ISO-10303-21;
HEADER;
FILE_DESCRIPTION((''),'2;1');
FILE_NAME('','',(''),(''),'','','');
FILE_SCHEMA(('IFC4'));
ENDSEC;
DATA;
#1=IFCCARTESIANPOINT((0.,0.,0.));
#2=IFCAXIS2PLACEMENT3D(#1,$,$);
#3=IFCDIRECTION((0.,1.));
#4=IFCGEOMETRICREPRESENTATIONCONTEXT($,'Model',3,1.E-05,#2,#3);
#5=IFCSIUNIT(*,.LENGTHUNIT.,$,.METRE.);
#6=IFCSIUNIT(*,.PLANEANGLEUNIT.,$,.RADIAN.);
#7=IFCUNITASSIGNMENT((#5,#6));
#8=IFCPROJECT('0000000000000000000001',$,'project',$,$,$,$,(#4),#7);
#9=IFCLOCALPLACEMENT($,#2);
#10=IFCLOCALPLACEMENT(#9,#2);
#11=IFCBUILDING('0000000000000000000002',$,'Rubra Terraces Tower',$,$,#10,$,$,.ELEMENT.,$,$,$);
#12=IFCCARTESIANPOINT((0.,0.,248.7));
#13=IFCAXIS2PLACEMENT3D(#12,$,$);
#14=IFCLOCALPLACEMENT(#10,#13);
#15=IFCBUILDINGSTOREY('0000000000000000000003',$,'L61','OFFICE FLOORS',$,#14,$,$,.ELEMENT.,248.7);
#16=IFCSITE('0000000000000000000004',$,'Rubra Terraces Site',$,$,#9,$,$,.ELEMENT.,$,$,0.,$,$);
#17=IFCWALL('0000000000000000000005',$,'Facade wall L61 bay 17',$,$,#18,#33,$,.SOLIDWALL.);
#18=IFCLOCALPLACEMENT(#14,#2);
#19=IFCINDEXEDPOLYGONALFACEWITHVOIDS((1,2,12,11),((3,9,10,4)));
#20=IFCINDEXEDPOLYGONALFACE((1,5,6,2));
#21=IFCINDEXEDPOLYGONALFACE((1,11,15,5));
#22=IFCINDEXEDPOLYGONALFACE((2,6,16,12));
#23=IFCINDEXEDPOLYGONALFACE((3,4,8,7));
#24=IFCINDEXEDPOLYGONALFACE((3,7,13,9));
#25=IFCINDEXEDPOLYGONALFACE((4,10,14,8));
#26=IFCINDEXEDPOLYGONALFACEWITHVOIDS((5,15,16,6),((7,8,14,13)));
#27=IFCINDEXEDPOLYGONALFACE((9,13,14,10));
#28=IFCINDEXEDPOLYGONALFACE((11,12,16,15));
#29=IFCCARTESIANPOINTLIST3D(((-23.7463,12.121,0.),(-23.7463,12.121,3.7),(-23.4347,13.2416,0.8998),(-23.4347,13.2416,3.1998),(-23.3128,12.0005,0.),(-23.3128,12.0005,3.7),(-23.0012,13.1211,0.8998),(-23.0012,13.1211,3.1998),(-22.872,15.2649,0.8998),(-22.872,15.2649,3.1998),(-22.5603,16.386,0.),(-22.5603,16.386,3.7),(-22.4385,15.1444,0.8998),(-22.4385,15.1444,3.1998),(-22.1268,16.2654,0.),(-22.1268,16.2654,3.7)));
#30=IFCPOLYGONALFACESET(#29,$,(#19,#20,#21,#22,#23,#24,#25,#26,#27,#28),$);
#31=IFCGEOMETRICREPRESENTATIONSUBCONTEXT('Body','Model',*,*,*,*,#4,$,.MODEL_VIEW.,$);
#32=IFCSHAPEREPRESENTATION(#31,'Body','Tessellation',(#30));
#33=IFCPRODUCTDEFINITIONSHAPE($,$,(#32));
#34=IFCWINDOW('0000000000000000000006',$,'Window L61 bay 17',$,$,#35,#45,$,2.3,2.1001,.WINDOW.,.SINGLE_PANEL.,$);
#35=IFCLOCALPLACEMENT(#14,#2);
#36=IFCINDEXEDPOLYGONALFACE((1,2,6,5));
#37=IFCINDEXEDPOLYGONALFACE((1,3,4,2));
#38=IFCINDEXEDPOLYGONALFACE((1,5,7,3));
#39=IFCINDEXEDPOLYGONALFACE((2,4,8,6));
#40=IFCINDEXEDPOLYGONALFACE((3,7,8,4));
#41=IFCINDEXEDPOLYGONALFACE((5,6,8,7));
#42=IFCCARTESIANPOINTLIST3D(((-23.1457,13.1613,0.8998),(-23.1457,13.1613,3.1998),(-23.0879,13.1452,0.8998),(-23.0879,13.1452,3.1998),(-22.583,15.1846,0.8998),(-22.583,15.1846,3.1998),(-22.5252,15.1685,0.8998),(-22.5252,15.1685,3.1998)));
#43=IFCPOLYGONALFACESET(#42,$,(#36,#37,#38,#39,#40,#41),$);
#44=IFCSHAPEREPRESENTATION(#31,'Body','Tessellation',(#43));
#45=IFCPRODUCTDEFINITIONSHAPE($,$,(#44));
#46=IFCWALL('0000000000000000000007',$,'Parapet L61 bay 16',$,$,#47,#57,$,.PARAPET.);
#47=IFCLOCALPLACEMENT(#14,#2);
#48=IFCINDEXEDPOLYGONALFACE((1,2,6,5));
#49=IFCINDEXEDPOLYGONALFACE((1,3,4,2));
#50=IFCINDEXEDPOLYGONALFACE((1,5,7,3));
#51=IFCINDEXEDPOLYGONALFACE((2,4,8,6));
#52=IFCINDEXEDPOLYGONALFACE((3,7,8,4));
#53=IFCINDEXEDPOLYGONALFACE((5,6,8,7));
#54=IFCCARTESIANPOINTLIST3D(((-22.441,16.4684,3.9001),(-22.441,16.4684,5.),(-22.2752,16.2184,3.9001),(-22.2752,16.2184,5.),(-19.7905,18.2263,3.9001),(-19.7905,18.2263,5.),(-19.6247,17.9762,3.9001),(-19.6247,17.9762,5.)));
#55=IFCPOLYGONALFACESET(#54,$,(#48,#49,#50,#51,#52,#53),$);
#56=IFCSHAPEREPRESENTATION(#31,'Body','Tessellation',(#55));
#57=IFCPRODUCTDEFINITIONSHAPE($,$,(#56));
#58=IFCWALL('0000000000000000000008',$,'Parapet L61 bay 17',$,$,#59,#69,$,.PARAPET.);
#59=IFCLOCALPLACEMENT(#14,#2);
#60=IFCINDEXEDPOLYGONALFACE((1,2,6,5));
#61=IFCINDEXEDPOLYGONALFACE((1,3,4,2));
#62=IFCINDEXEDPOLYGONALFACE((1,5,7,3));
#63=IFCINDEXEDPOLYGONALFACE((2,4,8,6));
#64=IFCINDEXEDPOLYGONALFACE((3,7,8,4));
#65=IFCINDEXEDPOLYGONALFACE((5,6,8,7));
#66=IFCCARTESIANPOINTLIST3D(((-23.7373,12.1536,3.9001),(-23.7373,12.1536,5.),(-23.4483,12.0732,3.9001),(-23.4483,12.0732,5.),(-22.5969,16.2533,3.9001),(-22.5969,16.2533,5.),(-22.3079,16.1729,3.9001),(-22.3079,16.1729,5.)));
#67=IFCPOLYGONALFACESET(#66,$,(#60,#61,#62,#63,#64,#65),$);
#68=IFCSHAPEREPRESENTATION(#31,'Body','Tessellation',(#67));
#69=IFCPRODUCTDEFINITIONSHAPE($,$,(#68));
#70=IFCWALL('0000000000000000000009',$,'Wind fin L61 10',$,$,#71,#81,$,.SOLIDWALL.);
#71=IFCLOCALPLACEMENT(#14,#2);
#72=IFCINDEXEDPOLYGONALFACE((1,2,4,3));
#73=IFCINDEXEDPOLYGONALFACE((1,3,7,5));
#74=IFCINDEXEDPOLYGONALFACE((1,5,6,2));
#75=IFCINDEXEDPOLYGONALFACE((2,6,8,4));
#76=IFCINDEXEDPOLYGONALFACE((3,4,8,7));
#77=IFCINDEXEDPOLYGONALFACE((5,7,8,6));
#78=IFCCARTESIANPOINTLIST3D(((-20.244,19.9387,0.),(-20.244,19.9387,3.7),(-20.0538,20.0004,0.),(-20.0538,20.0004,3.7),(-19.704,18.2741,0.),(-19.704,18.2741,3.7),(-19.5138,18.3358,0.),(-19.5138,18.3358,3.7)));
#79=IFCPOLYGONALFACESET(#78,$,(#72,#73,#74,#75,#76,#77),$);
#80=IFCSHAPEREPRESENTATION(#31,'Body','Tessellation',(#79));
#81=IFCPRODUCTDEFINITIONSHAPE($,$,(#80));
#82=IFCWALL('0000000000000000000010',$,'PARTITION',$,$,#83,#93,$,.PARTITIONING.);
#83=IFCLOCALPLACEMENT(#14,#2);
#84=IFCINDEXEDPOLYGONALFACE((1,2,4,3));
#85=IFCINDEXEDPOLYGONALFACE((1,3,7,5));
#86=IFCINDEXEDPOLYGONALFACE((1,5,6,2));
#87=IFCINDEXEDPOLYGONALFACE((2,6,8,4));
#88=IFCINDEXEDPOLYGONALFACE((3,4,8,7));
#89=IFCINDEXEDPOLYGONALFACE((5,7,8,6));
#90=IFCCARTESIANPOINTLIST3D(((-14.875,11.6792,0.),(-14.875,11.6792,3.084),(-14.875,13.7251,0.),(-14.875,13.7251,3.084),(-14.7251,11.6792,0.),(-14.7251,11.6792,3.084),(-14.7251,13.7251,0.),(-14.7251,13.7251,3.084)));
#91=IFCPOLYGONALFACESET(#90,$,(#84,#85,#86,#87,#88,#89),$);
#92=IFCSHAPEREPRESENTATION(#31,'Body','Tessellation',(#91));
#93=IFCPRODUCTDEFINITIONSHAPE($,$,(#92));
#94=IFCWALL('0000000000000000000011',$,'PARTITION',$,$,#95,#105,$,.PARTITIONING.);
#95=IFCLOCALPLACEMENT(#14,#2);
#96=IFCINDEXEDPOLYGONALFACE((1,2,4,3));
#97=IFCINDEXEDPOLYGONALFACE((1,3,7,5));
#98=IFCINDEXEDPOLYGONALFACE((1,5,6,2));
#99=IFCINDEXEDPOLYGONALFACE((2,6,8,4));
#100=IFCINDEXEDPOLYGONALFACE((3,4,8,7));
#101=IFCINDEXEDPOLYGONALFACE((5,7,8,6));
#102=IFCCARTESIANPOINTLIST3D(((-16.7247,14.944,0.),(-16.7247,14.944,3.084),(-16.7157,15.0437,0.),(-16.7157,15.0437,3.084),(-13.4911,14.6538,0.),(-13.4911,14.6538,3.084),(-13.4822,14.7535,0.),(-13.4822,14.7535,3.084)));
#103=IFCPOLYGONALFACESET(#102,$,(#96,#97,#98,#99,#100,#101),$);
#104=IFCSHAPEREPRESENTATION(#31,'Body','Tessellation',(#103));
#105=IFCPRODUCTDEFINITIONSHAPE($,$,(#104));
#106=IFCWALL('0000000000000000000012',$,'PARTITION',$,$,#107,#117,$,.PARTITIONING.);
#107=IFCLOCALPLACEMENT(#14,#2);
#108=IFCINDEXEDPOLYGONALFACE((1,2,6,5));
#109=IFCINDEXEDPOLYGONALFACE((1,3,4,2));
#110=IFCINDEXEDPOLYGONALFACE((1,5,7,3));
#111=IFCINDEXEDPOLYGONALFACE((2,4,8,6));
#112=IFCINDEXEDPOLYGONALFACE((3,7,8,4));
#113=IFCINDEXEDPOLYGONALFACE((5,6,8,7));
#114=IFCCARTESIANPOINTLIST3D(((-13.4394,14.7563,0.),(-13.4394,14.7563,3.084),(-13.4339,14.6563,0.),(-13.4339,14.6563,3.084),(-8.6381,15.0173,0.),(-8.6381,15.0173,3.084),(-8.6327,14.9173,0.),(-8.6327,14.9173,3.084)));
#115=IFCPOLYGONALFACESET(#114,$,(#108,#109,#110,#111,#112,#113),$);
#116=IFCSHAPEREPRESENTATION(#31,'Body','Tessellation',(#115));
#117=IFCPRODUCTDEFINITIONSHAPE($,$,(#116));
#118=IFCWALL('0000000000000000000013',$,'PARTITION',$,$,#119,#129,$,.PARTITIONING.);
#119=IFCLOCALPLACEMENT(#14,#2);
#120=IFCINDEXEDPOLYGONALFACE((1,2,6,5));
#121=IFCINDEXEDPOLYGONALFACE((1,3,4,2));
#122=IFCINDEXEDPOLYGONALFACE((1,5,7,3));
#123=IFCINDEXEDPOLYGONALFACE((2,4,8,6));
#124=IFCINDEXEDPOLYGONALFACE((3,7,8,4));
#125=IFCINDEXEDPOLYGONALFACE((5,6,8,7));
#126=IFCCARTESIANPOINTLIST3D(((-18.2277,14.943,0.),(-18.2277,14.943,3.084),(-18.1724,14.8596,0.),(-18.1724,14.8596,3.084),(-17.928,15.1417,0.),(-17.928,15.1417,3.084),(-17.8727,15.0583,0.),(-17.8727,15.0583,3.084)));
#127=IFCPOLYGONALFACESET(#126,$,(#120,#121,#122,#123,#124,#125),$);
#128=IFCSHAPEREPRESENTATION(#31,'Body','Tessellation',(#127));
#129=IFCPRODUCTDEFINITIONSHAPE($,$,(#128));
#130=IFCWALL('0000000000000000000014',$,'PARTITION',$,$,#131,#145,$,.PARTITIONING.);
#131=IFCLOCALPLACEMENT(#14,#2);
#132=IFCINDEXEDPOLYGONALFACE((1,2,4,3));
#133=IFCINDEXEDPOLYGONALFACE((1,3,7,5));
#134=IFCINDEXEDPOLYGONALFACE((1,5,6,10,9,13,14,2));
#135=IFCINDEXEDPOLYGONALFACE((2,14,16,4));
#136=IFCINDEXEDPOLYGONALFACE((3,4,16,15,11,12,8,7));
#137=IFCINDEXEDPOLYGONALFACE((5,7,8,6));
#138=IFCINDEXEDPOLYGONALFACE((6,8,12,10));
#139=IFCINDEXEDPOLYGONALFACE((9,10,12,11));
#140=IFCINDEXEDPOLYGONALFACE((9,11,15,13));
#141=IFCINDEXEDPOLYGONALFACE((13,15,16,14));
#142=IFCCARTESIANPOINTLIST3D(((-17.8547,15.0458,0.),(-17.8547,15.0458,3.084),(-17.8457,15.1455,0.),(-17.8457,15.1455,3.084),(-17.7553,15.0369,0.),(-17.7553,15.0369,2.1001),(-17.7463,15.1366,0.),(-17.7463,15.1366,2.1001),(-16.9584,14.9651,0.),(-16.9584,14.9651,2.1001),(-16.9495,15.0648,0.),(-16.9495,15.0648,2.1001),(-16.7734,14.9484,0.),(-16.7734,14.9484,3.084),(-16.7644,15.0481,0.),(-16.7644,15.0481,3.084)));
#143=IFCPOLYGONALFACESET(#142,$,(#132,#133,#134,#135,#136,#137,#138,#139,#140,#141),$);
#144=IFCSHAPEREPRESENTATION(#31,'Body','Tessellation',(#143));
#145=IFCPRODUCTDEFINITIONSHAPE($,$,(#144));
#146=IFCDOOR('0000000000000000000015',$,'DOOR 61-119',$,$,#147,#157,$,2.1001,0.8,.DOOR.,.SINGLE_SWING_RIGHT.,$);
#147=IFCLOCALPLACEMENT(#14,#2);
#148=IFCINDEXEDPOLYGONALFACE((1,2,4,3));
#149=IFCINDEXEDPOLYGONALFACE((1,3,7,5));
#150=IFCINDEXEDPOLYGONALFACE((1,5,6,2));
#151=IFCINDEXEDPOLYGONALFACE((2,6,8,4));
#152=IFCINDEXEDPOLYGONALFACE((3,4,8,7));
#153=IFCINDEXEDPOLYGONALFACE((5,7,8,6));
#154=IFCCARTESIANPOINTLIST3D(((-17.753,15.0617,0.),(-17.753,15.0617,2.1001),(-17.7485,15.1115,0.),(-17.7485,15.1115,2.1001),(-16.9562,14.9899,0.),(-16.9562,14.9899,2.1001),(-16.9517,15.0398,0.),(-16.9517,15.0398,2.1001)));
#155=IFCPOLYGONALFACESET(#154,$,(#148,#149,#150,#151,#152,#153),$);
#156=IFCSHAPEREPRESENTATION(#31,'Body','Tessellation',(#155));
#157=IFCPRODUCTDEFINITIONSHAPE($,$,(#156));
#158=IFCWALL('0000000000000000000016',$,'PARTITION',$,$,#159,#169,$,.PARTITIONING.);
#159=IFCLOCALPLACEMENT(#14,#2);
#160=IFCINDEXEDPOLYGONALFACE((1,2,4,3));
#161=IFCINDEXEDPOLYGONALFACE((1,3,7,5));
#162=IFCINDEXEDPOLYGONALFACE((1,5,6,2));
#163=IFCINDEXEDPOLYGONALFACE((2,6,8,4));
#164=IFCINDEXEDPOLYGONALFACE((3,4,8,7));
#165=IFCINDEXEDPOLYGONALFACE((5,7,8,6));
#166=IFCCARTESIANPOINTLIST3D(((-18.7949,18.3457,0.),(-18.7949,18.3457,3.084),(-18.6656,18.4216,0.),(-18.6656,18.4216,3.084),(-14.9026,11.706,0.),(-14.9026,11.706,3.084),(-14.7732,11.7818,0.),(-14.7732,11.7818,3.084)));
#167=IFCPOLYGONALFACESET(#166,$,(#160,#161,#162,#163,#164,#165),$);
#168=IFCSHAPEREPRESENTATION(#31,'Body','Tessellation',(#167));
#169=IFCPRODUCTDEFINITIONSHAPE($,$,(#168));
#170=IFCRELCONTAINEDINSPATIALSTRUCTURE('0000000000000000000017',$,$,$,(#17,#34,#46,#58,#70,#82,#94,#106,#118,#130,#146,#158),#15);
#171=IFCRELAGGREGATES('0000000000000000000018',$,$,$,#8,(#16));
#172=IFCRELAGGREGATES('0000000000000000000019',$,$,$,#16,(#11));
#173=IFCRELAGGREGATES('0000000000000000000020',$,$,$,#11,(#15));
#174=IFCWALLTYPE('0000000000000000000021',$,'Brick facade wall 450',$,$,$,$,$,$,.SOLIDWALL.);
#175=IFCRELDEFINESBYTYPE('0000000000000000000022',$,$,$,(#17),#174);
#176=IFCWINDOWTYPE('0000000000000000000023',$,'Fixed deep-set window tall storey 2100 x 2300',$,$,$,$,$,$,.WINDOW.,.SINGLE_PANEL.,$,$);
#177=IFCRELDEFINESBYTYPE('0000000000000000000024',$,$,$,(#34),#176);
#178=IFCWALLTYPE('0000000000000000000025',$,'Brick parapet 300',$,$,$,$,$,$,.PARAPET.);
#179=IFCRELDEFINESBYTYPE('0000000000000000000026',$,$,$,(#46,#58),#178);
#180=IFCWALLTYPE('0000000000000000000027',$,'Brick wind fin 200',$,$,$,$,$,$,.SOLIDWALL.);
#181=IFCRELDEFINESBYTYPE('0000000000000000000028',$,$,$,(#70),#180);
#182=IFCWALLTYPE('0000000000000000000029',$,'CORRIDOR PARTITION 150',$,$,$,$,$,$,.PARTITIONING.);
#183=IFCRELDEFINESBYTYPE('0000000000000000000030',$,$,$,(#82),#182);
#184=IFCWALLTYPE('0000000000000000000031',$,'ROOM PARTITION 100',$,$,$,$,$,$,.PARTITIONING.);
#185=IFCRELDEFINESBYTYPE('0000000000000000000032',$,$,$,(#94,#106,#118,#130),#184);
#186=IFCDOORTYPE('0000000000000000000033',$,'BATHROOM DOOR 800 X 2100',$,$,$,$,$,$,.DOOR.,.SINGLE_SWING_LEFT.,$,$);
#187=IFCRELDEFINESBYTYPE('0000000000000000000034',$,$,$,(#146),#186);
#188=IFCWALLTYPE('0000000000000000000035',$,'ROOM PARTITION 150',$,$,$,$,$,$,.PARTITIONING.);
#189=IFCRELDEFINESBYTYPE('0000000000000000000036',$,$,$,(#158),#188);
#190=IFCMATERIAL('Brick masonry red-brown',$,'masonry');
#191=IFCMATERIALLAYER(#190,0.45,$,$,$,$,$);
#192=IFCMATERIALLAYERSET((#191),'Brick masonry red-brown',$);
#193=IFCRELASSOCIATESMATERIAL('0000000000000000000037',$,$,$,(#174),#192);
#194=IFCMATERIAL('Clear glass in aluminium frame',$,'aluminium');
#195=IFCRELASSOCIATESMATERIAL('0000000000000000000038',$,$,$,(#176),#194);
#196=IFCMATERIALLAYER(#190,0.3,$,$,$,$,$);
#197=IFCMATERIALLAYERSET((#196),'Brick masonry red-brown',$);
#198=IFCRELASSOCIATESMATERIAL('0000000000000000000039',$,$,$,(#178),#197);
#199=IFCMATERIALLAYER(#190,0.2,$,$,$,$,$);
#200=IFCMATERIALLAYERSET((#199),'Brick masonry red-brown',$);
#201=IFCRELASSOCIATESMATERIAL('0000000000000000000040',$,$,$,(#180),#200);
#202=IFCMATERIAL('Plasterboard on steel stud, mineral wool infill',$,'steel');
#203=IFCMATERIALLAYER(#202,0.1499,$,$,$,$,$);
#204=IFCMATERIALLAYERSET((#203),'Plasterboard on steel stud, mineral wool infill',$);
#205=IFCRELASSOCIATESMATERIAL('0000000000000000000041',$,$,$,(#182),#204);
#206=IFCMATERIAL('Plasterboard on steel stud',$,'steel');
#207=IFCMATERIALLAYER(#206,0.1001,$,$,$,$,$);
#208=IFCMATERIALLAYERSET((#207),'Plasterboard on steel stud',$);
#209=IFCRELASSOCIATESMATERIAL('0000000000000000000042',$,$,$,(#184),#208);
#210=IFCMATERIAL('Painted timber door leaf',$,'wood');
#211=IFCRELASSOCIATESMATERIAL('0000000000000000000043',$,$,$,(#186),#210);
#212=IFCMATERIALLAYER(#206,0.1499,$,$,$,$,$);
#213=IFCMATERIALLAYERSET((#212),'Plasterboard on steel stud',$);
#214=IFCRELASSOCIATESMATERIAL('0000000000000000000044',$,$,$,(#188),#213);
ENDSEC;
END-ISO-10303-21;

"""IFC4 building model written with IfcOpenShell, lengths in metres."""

from ifc_helpers import new_model, si_unit, direction, frame, frame_2d, origin, place, context, subcontext, project, spatial, rectangle, extrude, material, layer, layer_set, type_object, element, fill, save


model = new_model("IFC4")

# Units and contexts
model_context = context("Model", 3, precision=1e-05, world=origin(), true_north=direction((0.0, 1.0)))
body_context = subcontext(model_context, "Body", "Model", "MODEL_VIEW")
ifc_project = project(units=[si_unit("LENGTHUNIT", "METRE"), si_unit("PLANEANGLEUNIT", "RADIAN")], contexts=[model_context])

# Site, building, storey
site_placement = place(None, origin())
site = spatial("IfcSite", under=ifc_project, at=site_placement, Name="Rubra Terraces Site", CompositionType="ELEMENT", RefElevation=0.0)
building_placement = place(site_placement, origin())
building = spatial("IfcBuilding", under=site, at=building_placement, Name="Rubra Terraces Tower", CompositionType="ELEMENT")
storey_placement = place(building_placement, frame((0.0, 0.0, 248.7)))
storey = spatial("IfcBuildingStorey", under=building, at=storey_placement, Name="L61", Description="OFFICE FLOORS", CompositionType="ELEMENT", Elevation=248.7)

# Wall, opening, window
ifc_material_1 = material(Name="Brick masonry red-brown", Category="masonry")
ifc_layer_1 = layer(ifc_material_1, 0.45)
ifc_layer_set_1 = layer_set([ifc_layer_1], Name="Brick masonry red-brown")
wall_type_1 = type_object("IfcWallType", Name="Brick facade wall 450", PredefinedType="SOLIDWALL", material=ifc_layer_set_1)
ifc_material_2 = material(Name="Clear glass in aluminium frame", Category="aluminium")
window_type_1 = type_object("IfcWindowType", Name="Fixed deep-set window tall storey 2100 x 2300", PartitioningType="SINGLE_PANEL", PredefinedType="WINDOW", material=ifc_material_2)
wall_1_placement = place(storey_placement, frame((-22.3435, 16.3257, 0.0), z_axis=(0.0, 0.0, 1.0), x_axis=(-0.267925, -0.96344, 0.0)))
wall_1 = element("IfcWall", 1, at=wall_1_placement, inside=storey, type_object=wall_type_1, Name="Facade wall L61 bay 17", PredefinedType="SOLIDWALL", context=body_context, shape_type="SweptSolid", body=[
    extrude(rectangle(XDim=4.4268, YDim=0.45, at=frame_2d((2.2134, 0.0))), origin(), (0.0, 0.0, 1.0), 3.7),
])
opening_1_placement = place(wall_1_placement, frame((1.1636, 0.0, 0.8999)))
opening_1 = element("IfcOpeningElement", 2, at=opening_1_placement, cuts=wall_1, PredefinedType="OPENING", context=body_context, shape_type="SweptSolid", body=[
    extrude(rectangle(XDim=2.1001, YDim=2.3, at=frame_2d((1.05, 1.1499))), frame((0.0, 0.2349, 0.0), z_axis=(0.0, -1.0, 0.0), x_axis=(1.0, 0.0, 0.0)), (0.0, 0.0, 1.0), 0.47),
])
window_1_placement = place(opening_1_placement, origin())
window_1 = element("IfcWindow", 3, at=window_1_placement, inside=storey, type_object=window_type_1, Name="Window L61 bay 17", OverallHeight=2.3, OverallWidth=2.1001, PartitioningType="SINGLE_PANEL", PredefinedType="WINDOW", context=body_context, shape_type="SweptSolid", body=[
    extrude(rectangle(XDim=2.1001, YDim=2.3, at=frame_2d((1.05, 1.1499))), frame((0.0, 0.135, 0.0), z_axis=(0.0, -1.0, 0.0), x_axis=(1.0, 0.0, 0.0)), (0.0, 0.0, 1.0), 0.0601),
])
fill(opening_1, window_1)

# Walls
ifc_layer_2 = layer(ifc_material_1, 0.3)
ifc_layer_set_2 = layer_set([ifc_layer_2], Name="Brick masonry red-brown")
wall_type_2 = type_object("IfcWallType", Name="Brick parapet 300", PredefinedType="PARAPET", material=ifc_layer_set_2)
wall_2_placement = place(storey_placement, frame((-19.7075, 18.1013, 3.9001), z_axis=(0.0, 0.0, 1.0), x_axis=(-0.833371, -0.552715, 0.0)))
element("IfcWall", 4, at=wall_2_placement, inside=storey, type_object=wall_type_2, Name="Parapet L61 bay 16", PredefinedType="PARAPET", context=body_context, shape_type="SweptSolid", body=[
    extrude(rectangle(XDim=3.1804, YDim=0.3, at=frame_2d((1.5903, 0.0))), origin(), (0.0, 0.0, 1.0), 1.0999),
])
wall_3_placement = place(storey_placement, frame((-22.4524, 16.2131, 3.9001), z_axis=(0.0, 0.0, 1.0), x_axis=(-0.267993, -0.963421, 0.0)))
element("IfcWall", 5, at=wall_3_placement, inside=storey, type_object=wall_type_2, Name="Parapet L61 bay 17", PredefinedType="PARAPET", context=body_context, shape_type="SweptSolid", body=[
    extrude(rectangle(XDim=4.2554, YDim=0.3, at=frame_2d((2.1277, 0.0))), origin(), (0.0, 0.0, 1.0), 1.0999),
])
ifc_layer_3 = layer(ifc_material_1, 0.2)
ifc_layer_set_3 = layer_set([ifc_layer_3], Name="Brick masonry red-brown")
wall_type_3 = type_object("IfcWallType", Name="Brick wind fin 200", PredefinedType="SOLIDWALL", material=ifc_layer_set_3)
wall_4_placement = place(storey_placement, frame((-19.6089, 18.3049, 0.0), z_axis=(0.0, 0.0, 1.0), x_axis=(-0.3086, 0.951192, 0.0)))
element("IfcWall", 6, at=wall_4_placement, inside=storey, type_object=wall_type_3, Name="Wind fin L61 10", PredefinedType="SOLIDWALL", context=body_context, shape_type="SweptSolid", body=[
    extrude(rectangle(XDim=1.75, YDim=0.2, at=frame_2d((0.875, 0.0))), origin(), (0.0, 0.0, 1.0), 3.7),
])
ifc_material_3 = material(Name="Plasterboard on steel stud, mineral wool infill", Category="steel")
ifc_layer_4 = layer(ifc_material_3, 0.1499)
ifc_layer_set_4 = layer_set([ifc_layer_4], Name="Plasterboard on steel stud, mineral wool infill")
wall_type_4 = type_object("IfcWallType", Name="CORRIDOR PARTITION 150", PredefinedType="PARTITIONING", material=ifc_layer_set_4)
wall_5_placement = place(storey_placement, frame((-14.8, 13.7251, 0.0), z_axis=(0.0, 0.0, 1.0), x_axis=(0.0, -1.0, 0.0)))
element("IfcWall", 7, at=wall_5_placement, inside=storey, type_object=wall_type_4, Name="PARTITION", PredefinedType="PARTITIONING", context=body_context, shape_type="SweptSolid", body=[
    extrude(rectangle(XDim=2.0459, YDim=0.1499, at=frame_2d((1.0229, 0.0))), origin(), (0.0, 0.0, 1.0), 3.084),
])
ifc_material_4 = material(Name="Plasterboard on steel stud", Category="steel")
ifc_layer_5 = layer(ifc_material_4, 0.1001)
ifc_layer_set_5 = layer_set([ifc_layer_5], Name="Plasterboard on steel stud")
wall_type_5 = type_object("IfcWallType", Name="ROOM PARTITION 100", PredefinedType="PARTITIONING", material=ifc_layer_set_5)
wall_6_placement = place(storey_placement, frame((-16.7202, 14.9939, 0.0), z_axis=(0.0, 0.0, 1.0), x_axis=(0.995995, -0.08941, 0.0)))
element("IfcWall", 8, at=wall_6_placement, inside=storey, type_object=wall_type_5, Name="PARTITION", PredefinedType="PARTITIONING", context=body_context, shape_type="SweptSolid", body=[
    extrude(rectangle(XDim=3.2466, YDim=0.1001, at=frame_2d((1.6233, 0.0))), origin(), (0.0, 0.0, 1.0), 3.084),
])
wall_7_placement = place(storey_placement, frame((-13.4368, 14.7063, 0.0), z_axis=(0.0, 0.0, 1.0), x_axis=(0.998526, 0.054278, 0.0)))
element("IfcWall", 9, at=wall_7_placement, inside=storey, type_object=wall_type_5, Name="PARTITION", PredefinedType="PARTITIONING", context=body_context, shape_type="SweptSolid", body=[
    extrude(rectangle(XDim=4.8083, YDim=0.1001, at=frame_2d((2.4043, 0.0))), origin(), (0.0, 0.0, 1.0), 3.084),
])
wall_8_placement = place(storey_placement, frame((-18.2, 14.9014, 0.0), z_axis=(0.0, 0.0, 1.0), x_axis=(0.833509, 0.552505, 0.0)))
element("IfcWall", 10, at=wall_8_placement, inside=storey, type_object=wall_type_5, Name="PARTITION", PredefinedType="PARTITIONING", context=body_context, shape_type="SweptSolid", body=[
    extrude(rectangle(XDim=0.3596, YDim=0.1001, at=frame_2d((0.1797, 0.0))), origin(), (0.0, 0.0, 1.0), 3.084),
])

# Wall, opening, door
wall_9_placement = place(storey_placement, frame((-17.8503, 15.0957, 0.0), z_axis=(0.0, 0.0, 1.0), x_axis=(0.995967, -0.089725, 0.0)))
wall_9 = element("IfcWall", 11, at=wall_9_placement, inside=storey, type_object=wall_type_5, Name="PARTITION", PredefinedType="PARTITIONING", context=body_context, shape_type="SweptSolid", body=[
    extrude(rectangle(XDim=1.0857, YDim=0.1001, at=frame_2d((0.543, 0.0))), origin(), (0.0, 0.0, 1.0), 3.084),
])
opening_2_placement = place(wall_9_placement, frame((0.1001, 0.0, 0.0)))
opening_2 = element("IfcOpeningElement", 12, at=opening_2_placement, cuts=wall_9, PredefinedType="OPENING", context=body_context, shape_type="SweptSolid", body=[
    extrude(rectangle(XDim=0.8, YDim=2.1001, at=frame_2d((0.3999, 1.05))), frame((0.0, 0.0601, 0.0), z_axis=(0.0, -1.0, 0.0), x_axis=(1.0, 0.0, 0.0)), (0.0, 0.0, 1.0), 0.1201),
])
ifc_material_5 = material(Name="Painted timber door leaf", Category="wood")
door_type = type_object("IfcDoorType", Name="BATHROOM DOOR 800 X 2100", OperationType="SINGLE_SWING_LEFT", PredefinedType="DOOR", material=ifc_material_5)
door_placement = place(opening_2_placement, origin())
door = element("IfcDoor", 13, at=door_placement, inside=storey, type_object=door_type, Name="DOOR 61-119", OperationType="SINGLE_SWING_RIGHT", OverallHeight=2.1001, OverallWidth=0.8, PredefinedType="DOOR", context=body_context, shape_type="SweptSolid", body=[
    extrude(rectangle(XDim=0.8, YDim=2.1001, at=frame_2d((0.3999, 1.05))), frame((0.0, 0.0249, 0.0), z_axis=(0.0, -1.0, 0.0), x_axis=(1.0, 0.0, 0.0)), (0.0, 0.0, 1.0), 0.05),
])
fill(opening_2, door)

# Wall
ifc_layer_6 = layer(ifc_material_4, 0.1499)
ifc_layer_set_6 = layer_set([ifc_layer_6], Name="Plasterboard on steel stud")
wall_type_6 = type_object("IfcWallType", Name="ROOM PARTITION 150", PredefinedType="PARTITIONING", material=ifc_layer_set_6)
wall_10_placement = place(storey_placement, frame((-18.7302, 18.3835, 0.0), z_axis=(0.0, 0.0, 1.0), x_axis=(0.505732, -0.862691, 0.0)))
element("IfcWall", 14, at=wall_10_placement, inside=storey, type_object=wall_type_6, Name="PARTITION", PredefinedType="PARTITIONING", context=body_context, shape_type="SweptSolid", body=[
    extrude(rectangle(XDim=7.6965, YDim=0.1499, at=frame_2d((3.8481, 0.0))), origin(), (0.0, 0.0, 1.0), 3.084),
])

save(model, "model.ifc")
